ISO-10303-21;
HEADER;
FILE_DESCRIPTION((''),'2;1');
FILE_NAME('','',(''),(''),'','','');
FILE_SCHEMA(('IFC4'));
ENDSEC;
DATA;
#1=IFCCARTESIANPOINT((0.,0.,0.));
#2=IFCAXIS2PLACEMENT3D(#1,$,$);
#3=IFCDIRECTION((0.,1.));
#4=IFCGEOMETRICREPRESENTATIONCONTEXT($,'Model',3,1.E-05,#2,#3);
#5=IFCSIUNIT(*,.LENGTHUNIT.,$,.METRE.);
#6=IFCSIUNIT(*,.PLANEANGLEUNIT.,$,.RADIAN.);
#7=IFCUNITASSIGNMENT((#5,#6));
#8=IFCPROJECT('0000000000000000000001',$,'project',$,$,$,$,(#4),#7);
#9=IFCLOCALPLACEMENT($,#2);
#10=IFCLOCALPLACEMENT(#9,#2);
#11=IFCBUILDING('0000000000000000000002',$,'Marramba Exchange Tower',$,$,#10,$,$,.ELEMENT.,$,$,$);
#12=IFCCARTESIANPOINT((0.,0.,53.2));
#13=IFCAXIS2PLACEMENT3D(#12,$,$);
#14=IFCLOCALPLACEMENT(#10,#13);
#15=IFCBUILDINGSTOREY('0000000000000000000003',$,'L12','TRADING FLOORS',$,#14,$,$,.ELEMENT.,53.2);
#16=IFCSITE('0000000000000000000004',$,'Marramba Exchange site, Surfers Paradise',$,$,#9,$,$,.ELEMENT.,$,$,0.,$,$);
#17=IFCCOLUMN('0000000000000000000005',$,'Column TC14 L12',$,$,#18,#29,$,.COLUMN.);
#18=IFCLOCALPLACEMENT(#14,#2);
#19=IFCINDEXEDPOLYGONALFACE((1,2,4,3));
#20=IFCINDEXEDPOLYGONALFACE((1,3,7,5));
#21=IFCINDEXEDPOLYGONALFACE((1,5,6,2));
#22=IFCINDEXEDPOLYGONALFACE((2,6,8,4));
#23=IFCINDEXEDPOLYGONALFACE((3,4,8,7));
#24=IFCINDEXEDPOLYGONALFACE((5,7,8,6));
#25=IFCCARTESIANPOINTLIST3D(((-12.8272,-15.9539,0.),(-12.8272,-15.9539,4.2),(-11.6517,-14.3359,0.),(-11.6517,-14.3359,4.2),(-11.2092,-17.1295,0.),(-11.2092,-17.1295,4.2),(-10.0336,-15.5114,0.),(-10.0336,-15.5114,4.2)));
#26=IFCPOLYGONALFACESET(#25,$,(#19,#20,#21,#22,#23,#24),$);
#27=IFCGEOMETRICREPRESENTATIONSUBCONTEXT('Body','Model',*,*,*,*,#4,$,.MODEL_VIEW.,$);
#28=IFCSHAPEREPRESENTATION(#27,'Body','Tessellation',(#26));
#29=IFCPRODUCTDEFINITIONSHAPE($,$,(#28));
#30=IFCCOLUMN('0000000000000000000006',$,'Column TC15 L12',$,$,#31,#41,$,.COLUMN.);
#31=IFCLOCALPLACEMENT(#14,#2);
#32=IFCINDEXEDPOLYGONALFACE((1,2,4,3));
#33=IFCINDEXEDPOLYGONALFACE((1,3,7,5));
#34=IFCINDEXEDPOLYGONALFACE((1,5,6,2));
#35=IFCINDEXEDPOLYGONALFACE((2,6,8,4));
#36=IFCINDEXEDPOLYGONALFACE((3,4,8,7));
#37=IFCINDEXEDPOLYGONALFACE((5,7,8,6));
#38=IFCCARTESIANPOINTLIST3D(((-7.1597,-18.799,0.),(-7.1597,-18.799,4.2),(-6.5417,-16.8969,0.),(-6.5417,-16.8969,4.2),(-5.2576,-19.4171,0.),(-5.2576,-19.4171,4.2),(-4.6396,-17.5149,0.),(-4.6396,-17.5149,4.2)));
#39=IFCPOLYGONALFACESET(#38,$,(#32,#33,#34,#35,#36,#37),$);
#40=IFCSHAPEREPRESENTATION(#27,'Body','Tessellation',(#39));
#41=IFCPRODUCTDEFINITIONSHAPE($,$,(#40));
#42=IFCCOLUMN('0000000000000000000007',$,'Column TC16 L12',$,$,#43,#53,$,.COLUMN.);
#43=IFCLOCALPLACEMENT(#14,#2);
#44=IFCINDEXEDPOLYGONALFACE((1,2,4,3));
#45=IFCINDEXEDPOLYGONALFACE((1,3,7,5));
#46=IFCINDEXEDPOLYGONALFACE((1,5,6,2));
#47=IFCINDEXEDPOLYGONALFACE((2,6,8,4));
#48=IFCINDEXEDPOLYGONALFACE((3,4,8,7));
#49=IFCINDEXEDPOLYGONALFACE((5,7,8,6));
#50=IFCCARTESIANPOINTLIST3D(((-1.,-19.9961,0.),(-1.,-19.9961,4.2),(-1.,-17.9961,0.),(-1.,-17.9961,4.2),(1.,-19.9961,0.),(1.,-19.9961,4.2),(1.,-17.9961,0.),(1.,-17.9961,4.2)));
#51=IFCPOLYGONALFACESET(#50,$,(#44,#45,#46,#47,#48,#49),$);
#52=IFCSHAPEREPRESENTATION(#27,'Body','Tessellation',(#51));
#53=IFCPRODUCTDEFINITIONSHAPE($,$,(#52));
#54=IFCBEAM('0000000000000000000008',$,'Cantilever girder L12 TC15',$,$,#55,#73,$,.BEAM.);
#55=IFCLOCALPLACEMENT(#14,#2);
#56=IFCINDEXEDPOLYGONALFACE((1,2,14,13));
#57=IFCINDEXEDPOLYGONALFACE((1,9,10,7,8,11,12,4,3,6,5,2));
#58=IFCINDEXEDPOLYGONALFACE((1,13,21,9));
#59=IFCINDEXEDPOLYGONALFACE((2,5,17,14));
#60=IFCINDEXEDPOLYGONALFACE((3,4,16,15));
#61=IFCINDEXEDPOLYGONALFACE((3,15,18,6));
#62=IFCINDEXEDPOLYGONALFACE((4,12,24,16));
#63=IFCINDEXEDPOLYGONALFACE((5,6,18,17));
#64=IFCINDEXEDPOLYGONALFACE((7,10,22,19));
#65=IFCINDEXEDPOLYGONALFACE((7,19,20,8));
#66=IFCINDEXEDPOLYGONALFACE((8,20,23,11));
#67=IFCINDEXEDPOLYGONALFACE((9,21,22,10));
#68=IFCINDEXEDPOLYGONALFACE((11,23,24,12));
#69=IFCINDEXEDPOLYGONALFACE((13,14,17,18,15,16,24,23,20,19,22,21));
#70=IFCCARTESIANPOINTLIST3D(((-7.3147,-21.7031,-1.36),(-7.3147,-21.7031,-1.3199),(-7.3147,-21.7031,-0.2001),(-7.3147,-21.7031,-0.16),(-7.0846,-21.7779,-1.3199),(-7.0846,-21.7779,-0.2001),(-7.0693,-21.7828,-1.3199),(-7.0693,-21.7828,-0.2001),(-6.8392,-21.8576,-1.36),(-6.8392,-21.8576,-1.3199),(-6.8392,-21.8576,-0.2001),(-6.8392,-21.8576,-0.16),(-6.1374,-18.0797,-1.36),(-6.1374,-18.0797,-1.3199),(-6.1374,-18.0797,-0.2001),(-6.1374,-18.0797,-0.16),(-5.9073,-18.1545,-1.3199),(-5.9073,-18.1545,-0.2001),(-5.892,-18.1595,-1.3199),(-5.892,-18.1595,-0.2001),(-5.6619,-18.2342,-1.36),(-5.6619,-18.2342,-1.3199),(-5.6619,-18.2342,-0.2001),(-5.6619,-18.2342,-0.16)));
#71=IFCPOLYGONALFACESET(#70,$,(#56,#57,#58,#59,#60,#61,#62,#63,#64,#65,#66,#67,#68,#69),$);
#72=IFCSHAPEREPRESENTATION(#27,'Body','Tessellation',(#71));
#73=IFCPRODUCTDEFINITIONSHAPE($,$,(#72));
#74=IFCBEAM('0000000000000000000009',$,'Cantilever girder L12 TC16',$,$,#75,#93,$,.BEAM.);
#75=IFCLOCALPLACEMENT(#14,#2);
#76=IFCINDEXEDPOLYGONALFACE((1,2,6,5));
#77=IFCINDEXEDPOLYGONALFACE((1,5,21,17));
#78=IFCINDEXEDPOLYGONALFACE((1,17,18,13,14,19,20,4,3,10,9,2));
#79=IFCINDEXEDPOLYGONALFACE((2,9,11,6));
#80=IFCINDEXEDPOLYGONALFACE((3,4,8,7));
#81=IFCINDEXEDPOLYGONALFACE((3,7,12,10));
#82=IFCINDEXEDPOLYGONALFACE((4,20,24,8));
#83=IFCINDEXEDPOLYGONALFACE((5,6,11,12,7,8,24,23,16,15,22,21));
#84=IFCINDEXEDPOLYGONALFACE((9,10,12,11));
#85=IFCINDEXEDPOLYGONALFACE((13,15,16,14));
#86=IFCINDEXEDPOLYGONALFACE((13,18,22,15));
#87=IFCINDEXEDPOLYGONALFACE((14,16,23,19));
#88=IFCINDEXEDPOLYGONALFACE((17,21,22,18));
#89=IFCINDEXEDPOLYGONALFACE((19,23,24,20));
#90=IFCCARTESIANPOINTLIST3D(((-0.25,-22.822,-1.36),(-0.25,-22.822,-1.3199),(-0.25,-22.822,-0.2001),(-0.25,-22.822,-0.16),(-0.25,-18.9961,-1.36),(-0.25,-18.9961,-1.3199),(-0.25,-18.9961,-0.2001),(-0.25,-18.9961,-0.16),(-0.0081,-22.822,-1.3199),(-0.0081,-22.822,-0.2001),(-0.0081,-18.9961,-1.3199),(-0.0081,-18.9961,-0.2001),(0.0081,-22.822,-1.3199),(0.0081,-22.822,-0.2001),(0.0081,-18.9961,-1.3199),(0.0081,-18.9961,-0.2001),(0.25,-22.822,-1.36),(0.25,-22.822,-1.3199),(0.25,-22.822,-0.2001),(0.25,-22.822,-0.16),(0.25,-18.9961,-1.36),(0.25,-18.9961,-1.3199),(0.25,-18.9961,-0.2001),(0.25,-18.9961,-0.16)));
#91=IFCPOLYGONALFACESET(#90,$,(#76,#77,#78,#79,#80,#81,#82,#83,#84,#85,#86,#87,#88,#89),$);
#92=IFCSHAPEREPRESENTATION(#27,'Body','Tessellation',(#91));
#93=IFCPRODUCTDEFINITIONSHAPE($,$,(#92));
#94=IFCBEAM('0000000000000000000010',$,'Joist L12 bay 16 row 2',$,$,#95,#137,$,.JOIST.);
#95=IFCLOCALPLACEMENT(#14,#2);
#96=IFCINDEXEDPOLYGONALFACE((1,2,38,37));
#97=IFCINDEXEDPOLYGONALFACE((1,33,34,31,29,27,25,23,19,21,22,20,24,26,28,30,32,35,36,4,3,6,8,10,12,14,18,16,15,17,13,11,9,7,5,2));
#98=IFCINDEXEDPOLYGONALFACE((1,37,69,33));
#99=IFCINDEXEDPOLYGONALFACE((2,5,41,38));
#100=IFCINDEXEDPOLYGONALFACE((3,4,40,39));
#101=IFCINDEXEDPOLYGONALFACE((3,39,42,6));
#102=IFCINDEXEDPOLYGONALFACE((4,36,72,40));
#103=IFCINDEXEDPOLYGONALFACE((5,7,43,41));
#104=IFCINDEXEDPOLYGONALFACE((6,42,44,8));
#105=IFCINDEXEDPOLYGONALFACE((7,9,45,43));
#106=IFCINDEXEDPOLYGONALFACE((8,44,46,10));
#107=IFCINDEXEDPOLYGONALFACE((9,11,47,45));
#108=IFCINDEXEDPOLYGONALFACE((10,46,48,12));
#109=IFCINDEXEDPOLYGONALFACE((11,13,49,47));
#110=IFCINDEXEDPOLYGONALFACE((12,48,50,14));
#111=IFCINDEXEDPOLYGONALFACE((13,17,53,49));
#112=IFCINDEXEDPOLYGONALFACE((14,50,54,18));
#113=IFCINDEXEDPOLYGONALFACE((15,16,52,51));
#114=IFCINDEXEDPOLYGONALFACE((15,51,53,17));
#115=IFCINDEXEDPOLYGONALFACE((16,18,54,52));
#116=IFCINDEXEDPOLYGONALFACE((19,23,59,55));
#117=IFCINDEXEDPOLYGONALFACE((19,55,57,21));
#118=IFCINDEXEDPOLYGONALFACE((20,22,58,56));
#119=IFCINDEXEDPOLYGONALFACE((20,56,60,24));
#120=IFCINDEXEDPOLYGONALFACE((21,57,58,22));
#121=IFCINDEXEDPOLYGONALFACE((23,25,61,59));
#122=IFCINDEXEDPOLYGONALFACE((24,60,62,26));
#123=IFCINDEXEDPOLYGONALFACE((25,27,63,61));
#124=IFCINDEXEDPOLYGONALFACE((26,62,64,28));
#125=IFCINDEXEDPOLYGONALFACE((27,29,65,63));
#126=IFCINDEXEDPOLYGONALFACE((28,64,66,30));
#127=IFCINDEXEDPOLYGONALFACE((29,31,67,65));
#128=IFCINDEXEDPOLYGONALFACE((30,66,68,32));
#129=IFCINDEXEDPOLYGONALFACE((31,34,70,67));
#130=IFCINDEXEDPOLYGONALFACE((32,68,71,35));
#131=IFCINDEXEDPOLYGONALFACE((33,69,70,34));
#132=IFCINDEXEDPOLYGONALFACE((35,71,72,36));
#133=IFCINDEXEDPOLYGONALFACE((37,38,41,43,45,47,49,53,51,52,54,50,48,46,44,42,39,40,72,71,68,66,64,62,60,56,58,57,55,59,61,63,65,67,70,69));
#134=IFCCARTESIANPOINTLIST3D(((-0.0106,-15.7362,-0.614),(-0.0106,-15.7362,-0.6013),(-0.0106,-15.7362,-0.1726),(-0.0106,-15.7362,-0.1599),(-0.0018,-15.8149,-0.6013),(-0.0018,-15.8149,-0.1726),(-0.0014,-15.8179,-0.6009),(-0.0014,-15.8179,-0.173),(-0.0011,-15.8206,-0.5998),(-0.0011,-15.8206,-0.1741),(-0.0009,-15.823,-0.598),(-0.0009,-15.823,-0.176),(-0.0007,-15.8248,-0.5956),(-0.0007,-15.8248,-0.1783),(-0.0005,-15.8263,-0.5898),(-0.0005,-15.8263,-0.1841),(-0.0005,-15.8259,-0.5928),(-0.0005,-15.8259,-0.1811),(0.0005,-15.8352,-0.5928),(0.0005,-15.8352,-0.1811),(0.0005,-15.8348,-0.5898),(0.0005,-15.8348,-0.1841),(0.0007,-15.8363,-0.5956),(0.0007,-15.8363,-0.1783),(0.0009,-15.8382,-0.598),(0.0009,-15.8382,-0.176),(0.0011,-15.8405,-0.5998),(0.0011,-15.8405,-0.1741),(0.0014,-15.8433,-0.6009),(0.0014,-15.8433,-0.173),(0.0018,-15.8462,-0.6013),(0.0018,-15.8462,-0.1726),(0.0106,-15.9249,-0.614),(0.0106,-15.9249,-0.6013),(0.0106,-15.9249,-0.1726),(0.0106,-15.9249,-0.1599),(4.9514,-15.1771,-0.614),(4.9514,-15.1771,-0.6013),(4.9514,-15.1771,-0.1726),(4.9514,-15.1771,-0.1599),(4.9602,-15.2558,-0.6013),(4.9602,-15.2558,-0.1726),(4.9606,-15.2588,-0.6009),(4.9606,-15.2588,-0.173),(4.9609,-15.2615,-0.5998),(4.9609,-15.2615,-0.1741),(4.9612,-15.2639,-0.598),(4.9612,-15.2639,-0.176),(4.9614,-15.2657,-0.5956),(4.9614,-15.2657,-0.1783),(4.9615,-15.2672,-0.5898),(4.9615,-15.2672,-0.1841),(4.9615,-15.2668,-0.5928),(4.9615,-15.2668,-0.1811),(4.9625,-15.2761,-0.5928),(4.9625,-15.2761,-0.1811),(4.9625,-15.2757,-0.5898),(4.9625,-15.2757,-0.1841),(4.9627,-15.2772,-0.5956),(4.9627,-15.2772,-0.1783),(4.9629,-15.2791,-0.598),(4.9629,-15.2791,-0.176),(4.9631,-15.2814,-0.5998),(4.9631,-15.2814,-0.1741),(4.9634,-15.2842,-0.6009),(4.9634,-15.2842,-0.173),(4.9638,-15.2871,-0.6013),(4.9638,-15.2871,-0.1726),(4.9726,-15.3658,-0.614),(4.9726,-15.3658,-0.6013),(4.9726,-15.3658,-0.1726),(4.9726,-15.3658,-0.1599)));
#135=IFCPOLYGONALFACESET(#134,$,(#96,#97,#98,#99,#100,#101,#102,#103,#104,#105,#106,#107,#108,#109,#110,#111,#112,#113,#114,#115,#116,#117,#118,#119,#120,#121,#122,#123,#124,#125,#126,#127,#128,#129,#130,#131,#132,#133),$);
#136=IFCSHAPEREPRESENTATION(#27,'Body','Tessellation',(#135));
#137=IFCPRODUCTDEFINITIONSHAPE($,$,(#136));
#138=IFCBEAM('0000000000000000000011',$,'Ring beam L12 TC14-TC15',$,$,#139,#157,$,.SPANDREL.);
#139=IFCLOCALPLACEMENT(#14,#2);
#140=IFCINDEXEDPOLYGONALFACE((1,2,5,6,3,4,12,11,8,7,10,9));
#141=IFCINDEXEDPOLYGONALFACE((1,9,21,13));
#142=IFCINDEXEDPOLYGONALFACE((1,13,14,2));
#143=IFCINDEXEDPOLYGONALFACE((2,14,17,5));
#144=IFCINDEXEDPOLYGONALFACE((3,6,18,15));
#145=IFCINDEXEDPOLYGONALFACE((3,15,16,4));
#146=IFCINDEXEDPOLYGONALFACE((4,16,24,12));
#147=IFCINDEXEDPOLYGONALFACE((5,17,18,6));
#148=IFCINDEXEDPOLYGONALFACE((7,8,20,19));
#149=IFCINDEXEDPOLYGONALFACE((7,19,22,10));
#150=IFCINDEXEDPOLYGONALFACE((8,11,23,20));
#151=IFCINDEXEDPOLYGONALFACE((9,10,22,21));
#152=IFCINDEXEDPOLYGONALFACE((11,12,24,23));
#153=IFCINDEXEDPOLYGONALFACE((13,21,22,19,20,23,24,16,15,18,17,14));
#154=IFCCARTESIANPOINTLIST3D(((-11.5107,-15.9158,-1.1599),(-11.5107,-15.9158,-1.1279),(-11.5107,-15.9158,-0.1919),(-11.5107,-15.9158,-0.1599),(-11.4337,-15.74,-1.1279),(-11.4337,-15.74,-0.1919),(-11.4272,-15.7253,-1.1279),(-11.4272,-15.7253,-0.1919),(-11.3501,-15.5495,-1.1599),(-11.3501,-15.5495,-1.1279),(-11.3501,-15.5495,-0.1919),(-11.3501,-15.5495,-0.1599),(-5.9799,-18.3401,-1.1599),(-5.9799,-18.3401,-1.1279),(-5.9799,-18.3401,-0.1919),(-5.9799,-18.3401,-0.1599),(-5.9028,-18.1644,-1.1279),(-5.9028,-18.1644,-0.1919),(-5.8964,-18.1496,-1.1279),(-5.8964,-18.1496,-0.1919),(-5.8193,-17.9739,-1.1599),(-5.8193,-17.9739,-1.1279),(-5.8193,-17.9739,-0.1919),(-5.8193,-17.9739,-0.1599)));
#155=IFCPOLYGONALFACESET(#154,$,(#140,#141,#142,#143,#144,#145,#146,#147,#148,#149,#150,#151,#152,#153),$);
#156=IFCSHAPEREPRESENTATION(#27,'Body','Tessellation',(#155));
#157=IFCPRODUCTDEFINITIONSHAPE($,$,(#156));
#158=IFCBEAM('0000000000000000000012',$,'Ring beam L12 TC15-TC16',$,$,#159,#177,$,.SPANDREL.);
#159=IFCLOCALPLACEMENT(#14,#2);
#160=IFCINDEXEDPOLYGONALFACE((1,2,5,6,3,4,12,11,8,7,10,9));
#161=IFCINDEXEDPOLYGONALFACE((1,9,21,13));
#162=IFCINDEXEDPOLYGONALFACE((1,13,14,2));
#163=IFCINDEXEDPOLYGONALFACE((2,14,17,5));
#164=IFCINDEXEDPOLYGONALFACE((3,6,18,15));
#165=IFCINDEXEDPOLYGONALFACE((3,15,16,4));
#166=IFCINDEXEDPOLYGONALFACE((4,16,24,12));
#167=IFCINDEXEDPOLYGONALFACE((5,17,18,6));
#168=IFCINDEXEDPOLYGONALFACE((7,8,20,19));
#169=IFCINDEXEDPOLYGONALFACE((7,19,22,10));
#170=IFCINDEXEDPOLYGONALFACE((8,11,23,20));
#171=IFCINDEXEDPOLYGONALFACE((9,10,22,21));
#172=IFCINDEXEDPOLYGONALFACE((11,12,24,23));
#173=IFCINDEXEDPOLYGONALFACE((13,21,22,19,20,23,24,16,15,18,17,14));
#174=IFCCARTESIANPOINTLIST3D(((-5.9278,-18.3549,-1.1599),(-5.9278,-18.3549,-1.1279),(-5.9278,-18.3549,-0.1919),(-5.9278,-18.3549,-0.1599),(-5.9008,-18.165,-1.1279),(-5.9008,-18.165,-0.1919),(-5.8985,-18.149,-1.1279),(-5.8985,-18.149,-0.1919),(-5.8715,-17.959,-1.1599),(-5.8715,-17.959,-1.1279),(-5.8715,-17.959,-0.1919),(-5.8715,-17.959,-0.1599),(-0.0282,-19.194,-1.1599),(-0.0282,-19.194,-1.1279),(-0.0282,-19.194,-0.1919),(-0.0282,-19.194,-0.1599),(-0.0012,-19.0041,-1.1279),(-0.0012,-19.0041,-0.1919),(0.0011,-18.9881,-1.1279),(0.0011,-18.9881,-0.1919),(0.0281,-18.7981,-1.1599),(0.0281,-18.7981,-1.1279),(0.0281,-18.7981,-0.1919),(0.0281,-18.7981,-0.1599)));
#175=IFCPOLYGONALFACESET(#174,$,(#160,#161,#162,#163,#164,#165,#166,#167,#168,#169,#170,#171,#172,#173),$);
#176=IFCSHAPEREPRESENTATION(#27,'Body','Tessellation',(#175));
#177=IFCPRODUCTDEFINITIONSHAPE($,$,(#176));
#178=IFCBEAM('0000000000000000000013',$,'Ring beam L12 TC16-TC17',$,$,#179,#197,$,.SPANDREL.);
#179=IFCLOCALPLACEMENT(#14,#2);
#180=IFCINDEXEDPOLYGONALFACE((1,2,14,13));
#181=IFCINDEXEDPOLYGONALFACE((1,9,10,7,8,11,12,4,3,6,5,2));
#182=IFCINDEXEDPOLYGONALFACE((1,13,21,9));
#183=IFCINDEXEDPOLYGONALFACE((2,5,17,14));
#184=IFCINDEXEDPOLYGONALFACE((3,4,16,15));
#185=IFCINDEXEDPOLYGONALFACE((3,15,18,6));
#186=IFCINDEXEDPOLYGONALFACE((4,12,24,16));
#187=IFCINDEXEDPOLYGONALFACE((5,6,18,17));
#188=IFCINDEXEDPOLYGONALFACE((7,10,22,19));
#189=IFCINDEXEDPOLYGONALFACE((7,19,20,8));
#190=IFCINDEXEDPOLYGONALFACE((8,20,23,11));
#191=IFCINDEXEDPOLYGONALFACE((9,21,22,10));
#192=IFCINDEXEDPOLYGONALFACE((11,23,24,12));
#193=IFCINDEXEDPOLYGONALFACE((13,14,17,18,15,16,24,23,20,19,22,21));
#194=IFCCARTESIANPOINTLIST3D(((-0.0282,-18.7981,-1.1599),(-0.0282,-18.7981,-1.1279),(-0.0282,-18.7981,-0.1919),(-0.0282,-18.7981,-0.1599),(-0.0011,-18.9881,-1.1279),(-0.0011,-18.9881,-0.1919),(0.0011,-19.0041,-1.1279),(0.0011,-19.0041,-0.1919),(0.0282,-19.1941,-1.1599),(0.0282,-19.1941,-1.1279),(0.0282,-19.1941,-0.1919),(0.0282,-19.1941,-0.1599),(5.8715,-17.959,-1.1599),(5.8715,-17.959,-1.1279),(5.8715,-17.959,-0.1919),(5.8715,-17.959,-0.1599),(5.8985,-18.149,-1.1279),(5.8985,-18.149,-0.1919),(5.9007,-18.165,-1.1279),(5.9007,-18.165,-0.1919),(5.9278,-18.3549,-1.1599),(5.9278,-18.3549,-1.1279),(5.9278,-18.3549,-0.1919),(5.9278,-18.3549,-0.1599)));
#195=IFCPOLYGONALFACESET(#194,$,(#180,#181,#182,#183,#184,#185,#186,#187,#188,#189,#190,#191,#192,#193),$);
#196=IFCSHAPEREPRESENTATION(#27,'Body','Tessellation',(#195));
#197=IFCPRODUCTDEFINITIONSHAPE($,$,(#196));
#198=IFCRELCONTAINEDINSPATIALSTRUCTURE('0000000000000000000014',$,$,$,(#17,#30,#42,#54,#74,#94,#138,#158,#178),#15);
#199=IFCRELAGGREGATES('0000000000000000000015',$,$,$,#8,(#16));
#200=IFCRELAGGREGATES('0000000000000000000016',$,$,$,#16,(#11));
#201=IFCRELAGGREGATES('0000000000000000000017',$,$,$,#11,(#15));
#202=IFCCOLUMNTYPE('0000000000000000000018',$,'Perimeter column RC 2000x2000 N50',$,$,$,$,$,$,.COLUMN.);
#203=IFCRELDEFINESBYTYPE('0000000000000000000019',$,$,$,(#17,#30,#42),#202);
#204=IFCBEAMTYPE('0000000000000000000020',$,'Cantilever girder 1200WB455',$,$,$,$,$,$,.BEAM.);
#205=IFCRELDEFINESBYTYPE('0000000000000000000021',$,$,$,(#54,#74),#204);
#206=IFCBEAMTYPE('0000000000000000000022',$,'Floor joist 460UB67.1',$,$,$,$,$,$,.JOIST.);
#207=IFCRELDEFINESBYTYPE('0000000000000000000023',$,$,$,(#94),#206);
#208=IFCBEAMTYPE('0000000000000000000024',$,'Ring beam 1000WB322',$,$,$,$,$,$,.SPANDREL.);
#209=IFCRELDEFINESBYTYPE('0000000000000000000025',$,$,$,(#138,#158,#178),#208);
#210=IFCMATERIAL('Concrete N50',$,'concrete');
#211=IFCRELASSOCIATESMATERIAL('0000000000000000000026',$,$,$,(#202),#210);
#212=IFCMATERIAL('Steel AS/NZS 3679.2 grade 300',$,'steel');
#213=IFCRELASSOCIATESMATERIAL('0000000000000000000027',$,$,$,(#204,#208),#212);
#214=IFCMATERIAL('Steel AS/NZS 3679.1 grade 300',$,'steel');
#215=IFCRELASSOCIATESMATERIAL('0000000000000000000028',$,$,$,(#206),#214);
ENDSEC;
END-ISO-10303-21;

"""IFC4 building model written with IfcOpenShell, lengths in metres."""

from ifc_helpers import new_model, si_unit, direction, frame, origin, origin_2d, place, context, subcontext, project, spatial, rectangle, i_section, extrude, material, material_profile, profile_set, type_object, element, save


model = new_model("IFC4")

# Units and contexts
model_context = context("Model", 3, precision=1e-05, world=origin(), true_north=direction((0.0, 1.0)))
body_context = subcontext(model_context, "Body", "Model", "MODEL_VIEW")
ifc_project = project(units=[si_unit("LENGTHUNIT", "METRE"), si_unit("PLANEANGLEUNIT", "RADIAN")], contexts=[model_context])

# Site, building, storey
site_placement = place(None, origin())
site = spatial("IfcSite", under=ifc_project, at=site_placement, Name="Marramba Exchange site, Surfers Paradise", CompositionType="ELEMENT", RefElevation=0.0)
building_placement = place(site_placement, origin())
building = spatial("IfcBuilding", under=site, at=building_placement, Name="Marramba Exchange Tower", CompositionType="ELEMENT")
storey_placement = place(building_placement, frame((0.0, 0.0, 53.2)))
storey = spatial("IfcBuildingStorey", under=building, at=storey_placement, Name="L12", Description="TRADING FLOORS", CompositionType="ELEMENT", Elevation=53.2)

# Columns
ifc_material_1 = material(Name="Concrete N50", Category="concrete")
ifc_material_profile_1 = material_profile(ifc_material_1, rectangle(XDim=2.0, YDim=2.0, at=origin_2d()), Name="RC 2000x2000")
ifc_profile_set_1 = profile_set([ifc_material_profile_1], Name="Concrete N50")
column_type = type_object("IfcColumnType", Name="Perimeter column RC 2000x2000 N50", PredefinedType="COLUMN", material=ifc_profile_set_1)
for number, where, z_axis, x_axis, name in (
    (1, (-11.4304, -15.7327, 0.0), (0.0, 0.0, 1.0), (-0.587785, -0.809017, 0.0), "Column TC14 L12"),
    (2, (-5.8997, -18.157, 0.0), (0.0, 0.0, 1.0), (-0.309017, -0.951057, 0.0), "Column TC15 L12"),
    (3, (0.0, -18.9961, 0.0), (0.0, 0.0, 1.0), (0.0, -1.0, 0.0), "Column TC16 L12"),
):
    element("IfcColumn", number, at=place(storey_placement, frame(where, z_axis=z_axis, x_axis=x_axis)), inside=storey, type_object=column_type, Name=name, PredefinedType="COLUMN", context=body_context, shape_type="SweptSolid", body=[
        extrude(rectangle(XDim=2.0, YDim=2.0, at=origin_2d()), origin(), (0.0, 0.0, 1.0), 4.2),
    ])

# Beams
ifc_material_2 = material(Name="Steel AS/NZS 3679.2 grade 300", Category="steel")
ifc_material_profile_2 = material_profile(ifc_material_2, i_section(OverallWidth=0.5, OverallDepth=1.2, WebThickness=0.0161, FlangeThickness=0.04, at=origin_2d()), Name="1200WB455")
ifc_profile_set_2 = profile_set([ifc_material_profile_2], Name="Steel AS/NZS 3679.2 grade 300")
beam_type_1 = type_object("IfcBeamType", Name="Cantilever girder 1200WB455", PredefinedType="BEAM", material=ifc_profile_set_2)
beam_1_placement = place(storey_placement, frame((-5.8997, -18.157, -0.76), z_axis=(-0.309009, -0.951059, 0.0), x_axis=(0.951059, -0.309009, 0.0)))
element("IfcBeam", 4, at=beam_1_placement, inside=storey, type_object=beam_type_1, Name="Cantilever girder L12 TC15", PredefinedType="BEAM", context=body_context, shape_type="SweptSolid", body=[
    extrude(i_section(OverallWidth=0.5, OverallDepth=1.2, WebThickness=0.0161, FlangeThickness=0.04, at=origin_2d()), origin(), (0.0, 0.0, 1.0), 3.8098),
])
beam_2_placement = place(storey_placement, frame((0.0, -18.9961, -0.76), z_axis=(0.0, -1.0, 0.0), x_axis=(1.0, 0.0, 0.0)))
element("IfcBeam", 5, at=beam_2_placement, inside=storey, type_object=beam_type_1, Name="Cantilever girder L12 TC16", PredefinedType="BEAM", context=body_context, shape_type="SweptSolid", body=[
    extrude(i_section(OverallWidth=0.5, OverallDepth=1.2, WebThickness=0.0161, FlangeThickness=0.04, at=origin_2d()), origin(), (0.0, 0.0, 1.0), 3.8259),
])
ifc_material_3 = material(Name="Steel AS/NZS 3679.1 grade 300", Category="steel")
ifc_material_profile_3 = material_profile(ifc_material_3, i_section(OverallWidth=0.1899, OverallDepth=0.4541, WebThickness=0.0085, FlangeThickness=0.0127, FilletRadius=0.0115, at=origin_2d()), Name="460UB67.1")
ifc_profile_set_3 = profile_set([ifc_material_profile_3], Name="Steel AS/NZS 3679.1 grade 300")
beam_type_2 = type_object("IfcBeamType", Name="Floor joist 460UB67.1", PredefinedType="JOIST", material=ifc_profile_set_3)
beam_3_placement = place(storey_placement, frame((0.0, -15.8306, -0.387), z_axis=(0.993712, 0.111966, 0.0), x_axis=(-0.111966, 0.993712, 0.0)))
element("IfcBeam", 6, at=beam_3_placement, inside=storey, type_object=beam_type_2, Name="Joist L12 bay 16 row 2", PredefinedType="JOIST", context=body_context, shape_type="SweptSolid", body=[
    extrude(i_section(OverallWidth=0.1899, OverallDepth=0.4541, WebThickness=0.0085, FlangeThickness=0.0127, FilletRadius=0.0115, at=origin_2d()), origin(), (0.0, 0.0, 1.0), 4.9934),
])
ifc_material_profile_4 = material_profile(ifc_material_2, i_section(OverallWidth=0.3999, OverallDepth=1.0, WebThickness=0.0161, FlangeThickness=0.032, at=origin_2d()), Name="1000WB322")
ifc_profile_set_4 = profile_set([ifc_material_profile_4], Name="Steel AS/NZS 3679.2 grade 300")
beam_type_3 = type_object("IfcBeamType", Name="Ring beam 1000WB322", PredefinedType="SPANDREL", material=ifc_profile_set_4)
beam_4_placement = place(storey_placement, frame((-11.4304, -15.7327, -0.6599), z_axis=(0.915877, -0.401459, 0.0), x_axis=(0.401459, 0.915877, 0.0)))
element("IfcBeam", 7, at=beam_4_placement, inside=storey, type_object=beam_type_3, Name="Ring beam L12 TC14-TC15", PredefinedType="SPANDREL", context=body_context, shape_type="SweptSolid", body=[
    extrude(i_section(OverallWidth=0.3999, OverallDepth=1.0, WebThickness=0.0161, FlangeThickness=0.032, at=origin_2d()), origin(), (0.0, 0.0, 1.0), 6.0388),
])
for number, where, z_axis, x_axis, name in (
    (8, (-5.8997, -18.157, -0.6599), (0.990036, -0.140813, 0.0), (0.140813, 0.990036, 0.0), "Ring beam L12 TC15-TC16"),
    (9, (0.0, -18.9961, -0.6599), (0.990036, 0.140813, 0.0), (-0.140813, 0.990036, 0.0), "Ring beam L12 TC16-TC17"),
):
    element("IfcBeam", number, at=place(storey_placement, frame(where, z_axis=z_axis, x_axis=x_axis)), inside=storey, type_object=beam_type_3, Name=name, PredefinedType="SPANDREL", context=body_context, shape_type="SweptSolid", body=[
        extrude(i_section(OverallWidth=0.3999, OverallDepth=1.0, WebThickness=0.0161, FlangeThickness=0.032, at=origin_2d()), origin(), (0.0, 0.0, 1.0), 5.959),
    ])

save(model, "model.ifc")
